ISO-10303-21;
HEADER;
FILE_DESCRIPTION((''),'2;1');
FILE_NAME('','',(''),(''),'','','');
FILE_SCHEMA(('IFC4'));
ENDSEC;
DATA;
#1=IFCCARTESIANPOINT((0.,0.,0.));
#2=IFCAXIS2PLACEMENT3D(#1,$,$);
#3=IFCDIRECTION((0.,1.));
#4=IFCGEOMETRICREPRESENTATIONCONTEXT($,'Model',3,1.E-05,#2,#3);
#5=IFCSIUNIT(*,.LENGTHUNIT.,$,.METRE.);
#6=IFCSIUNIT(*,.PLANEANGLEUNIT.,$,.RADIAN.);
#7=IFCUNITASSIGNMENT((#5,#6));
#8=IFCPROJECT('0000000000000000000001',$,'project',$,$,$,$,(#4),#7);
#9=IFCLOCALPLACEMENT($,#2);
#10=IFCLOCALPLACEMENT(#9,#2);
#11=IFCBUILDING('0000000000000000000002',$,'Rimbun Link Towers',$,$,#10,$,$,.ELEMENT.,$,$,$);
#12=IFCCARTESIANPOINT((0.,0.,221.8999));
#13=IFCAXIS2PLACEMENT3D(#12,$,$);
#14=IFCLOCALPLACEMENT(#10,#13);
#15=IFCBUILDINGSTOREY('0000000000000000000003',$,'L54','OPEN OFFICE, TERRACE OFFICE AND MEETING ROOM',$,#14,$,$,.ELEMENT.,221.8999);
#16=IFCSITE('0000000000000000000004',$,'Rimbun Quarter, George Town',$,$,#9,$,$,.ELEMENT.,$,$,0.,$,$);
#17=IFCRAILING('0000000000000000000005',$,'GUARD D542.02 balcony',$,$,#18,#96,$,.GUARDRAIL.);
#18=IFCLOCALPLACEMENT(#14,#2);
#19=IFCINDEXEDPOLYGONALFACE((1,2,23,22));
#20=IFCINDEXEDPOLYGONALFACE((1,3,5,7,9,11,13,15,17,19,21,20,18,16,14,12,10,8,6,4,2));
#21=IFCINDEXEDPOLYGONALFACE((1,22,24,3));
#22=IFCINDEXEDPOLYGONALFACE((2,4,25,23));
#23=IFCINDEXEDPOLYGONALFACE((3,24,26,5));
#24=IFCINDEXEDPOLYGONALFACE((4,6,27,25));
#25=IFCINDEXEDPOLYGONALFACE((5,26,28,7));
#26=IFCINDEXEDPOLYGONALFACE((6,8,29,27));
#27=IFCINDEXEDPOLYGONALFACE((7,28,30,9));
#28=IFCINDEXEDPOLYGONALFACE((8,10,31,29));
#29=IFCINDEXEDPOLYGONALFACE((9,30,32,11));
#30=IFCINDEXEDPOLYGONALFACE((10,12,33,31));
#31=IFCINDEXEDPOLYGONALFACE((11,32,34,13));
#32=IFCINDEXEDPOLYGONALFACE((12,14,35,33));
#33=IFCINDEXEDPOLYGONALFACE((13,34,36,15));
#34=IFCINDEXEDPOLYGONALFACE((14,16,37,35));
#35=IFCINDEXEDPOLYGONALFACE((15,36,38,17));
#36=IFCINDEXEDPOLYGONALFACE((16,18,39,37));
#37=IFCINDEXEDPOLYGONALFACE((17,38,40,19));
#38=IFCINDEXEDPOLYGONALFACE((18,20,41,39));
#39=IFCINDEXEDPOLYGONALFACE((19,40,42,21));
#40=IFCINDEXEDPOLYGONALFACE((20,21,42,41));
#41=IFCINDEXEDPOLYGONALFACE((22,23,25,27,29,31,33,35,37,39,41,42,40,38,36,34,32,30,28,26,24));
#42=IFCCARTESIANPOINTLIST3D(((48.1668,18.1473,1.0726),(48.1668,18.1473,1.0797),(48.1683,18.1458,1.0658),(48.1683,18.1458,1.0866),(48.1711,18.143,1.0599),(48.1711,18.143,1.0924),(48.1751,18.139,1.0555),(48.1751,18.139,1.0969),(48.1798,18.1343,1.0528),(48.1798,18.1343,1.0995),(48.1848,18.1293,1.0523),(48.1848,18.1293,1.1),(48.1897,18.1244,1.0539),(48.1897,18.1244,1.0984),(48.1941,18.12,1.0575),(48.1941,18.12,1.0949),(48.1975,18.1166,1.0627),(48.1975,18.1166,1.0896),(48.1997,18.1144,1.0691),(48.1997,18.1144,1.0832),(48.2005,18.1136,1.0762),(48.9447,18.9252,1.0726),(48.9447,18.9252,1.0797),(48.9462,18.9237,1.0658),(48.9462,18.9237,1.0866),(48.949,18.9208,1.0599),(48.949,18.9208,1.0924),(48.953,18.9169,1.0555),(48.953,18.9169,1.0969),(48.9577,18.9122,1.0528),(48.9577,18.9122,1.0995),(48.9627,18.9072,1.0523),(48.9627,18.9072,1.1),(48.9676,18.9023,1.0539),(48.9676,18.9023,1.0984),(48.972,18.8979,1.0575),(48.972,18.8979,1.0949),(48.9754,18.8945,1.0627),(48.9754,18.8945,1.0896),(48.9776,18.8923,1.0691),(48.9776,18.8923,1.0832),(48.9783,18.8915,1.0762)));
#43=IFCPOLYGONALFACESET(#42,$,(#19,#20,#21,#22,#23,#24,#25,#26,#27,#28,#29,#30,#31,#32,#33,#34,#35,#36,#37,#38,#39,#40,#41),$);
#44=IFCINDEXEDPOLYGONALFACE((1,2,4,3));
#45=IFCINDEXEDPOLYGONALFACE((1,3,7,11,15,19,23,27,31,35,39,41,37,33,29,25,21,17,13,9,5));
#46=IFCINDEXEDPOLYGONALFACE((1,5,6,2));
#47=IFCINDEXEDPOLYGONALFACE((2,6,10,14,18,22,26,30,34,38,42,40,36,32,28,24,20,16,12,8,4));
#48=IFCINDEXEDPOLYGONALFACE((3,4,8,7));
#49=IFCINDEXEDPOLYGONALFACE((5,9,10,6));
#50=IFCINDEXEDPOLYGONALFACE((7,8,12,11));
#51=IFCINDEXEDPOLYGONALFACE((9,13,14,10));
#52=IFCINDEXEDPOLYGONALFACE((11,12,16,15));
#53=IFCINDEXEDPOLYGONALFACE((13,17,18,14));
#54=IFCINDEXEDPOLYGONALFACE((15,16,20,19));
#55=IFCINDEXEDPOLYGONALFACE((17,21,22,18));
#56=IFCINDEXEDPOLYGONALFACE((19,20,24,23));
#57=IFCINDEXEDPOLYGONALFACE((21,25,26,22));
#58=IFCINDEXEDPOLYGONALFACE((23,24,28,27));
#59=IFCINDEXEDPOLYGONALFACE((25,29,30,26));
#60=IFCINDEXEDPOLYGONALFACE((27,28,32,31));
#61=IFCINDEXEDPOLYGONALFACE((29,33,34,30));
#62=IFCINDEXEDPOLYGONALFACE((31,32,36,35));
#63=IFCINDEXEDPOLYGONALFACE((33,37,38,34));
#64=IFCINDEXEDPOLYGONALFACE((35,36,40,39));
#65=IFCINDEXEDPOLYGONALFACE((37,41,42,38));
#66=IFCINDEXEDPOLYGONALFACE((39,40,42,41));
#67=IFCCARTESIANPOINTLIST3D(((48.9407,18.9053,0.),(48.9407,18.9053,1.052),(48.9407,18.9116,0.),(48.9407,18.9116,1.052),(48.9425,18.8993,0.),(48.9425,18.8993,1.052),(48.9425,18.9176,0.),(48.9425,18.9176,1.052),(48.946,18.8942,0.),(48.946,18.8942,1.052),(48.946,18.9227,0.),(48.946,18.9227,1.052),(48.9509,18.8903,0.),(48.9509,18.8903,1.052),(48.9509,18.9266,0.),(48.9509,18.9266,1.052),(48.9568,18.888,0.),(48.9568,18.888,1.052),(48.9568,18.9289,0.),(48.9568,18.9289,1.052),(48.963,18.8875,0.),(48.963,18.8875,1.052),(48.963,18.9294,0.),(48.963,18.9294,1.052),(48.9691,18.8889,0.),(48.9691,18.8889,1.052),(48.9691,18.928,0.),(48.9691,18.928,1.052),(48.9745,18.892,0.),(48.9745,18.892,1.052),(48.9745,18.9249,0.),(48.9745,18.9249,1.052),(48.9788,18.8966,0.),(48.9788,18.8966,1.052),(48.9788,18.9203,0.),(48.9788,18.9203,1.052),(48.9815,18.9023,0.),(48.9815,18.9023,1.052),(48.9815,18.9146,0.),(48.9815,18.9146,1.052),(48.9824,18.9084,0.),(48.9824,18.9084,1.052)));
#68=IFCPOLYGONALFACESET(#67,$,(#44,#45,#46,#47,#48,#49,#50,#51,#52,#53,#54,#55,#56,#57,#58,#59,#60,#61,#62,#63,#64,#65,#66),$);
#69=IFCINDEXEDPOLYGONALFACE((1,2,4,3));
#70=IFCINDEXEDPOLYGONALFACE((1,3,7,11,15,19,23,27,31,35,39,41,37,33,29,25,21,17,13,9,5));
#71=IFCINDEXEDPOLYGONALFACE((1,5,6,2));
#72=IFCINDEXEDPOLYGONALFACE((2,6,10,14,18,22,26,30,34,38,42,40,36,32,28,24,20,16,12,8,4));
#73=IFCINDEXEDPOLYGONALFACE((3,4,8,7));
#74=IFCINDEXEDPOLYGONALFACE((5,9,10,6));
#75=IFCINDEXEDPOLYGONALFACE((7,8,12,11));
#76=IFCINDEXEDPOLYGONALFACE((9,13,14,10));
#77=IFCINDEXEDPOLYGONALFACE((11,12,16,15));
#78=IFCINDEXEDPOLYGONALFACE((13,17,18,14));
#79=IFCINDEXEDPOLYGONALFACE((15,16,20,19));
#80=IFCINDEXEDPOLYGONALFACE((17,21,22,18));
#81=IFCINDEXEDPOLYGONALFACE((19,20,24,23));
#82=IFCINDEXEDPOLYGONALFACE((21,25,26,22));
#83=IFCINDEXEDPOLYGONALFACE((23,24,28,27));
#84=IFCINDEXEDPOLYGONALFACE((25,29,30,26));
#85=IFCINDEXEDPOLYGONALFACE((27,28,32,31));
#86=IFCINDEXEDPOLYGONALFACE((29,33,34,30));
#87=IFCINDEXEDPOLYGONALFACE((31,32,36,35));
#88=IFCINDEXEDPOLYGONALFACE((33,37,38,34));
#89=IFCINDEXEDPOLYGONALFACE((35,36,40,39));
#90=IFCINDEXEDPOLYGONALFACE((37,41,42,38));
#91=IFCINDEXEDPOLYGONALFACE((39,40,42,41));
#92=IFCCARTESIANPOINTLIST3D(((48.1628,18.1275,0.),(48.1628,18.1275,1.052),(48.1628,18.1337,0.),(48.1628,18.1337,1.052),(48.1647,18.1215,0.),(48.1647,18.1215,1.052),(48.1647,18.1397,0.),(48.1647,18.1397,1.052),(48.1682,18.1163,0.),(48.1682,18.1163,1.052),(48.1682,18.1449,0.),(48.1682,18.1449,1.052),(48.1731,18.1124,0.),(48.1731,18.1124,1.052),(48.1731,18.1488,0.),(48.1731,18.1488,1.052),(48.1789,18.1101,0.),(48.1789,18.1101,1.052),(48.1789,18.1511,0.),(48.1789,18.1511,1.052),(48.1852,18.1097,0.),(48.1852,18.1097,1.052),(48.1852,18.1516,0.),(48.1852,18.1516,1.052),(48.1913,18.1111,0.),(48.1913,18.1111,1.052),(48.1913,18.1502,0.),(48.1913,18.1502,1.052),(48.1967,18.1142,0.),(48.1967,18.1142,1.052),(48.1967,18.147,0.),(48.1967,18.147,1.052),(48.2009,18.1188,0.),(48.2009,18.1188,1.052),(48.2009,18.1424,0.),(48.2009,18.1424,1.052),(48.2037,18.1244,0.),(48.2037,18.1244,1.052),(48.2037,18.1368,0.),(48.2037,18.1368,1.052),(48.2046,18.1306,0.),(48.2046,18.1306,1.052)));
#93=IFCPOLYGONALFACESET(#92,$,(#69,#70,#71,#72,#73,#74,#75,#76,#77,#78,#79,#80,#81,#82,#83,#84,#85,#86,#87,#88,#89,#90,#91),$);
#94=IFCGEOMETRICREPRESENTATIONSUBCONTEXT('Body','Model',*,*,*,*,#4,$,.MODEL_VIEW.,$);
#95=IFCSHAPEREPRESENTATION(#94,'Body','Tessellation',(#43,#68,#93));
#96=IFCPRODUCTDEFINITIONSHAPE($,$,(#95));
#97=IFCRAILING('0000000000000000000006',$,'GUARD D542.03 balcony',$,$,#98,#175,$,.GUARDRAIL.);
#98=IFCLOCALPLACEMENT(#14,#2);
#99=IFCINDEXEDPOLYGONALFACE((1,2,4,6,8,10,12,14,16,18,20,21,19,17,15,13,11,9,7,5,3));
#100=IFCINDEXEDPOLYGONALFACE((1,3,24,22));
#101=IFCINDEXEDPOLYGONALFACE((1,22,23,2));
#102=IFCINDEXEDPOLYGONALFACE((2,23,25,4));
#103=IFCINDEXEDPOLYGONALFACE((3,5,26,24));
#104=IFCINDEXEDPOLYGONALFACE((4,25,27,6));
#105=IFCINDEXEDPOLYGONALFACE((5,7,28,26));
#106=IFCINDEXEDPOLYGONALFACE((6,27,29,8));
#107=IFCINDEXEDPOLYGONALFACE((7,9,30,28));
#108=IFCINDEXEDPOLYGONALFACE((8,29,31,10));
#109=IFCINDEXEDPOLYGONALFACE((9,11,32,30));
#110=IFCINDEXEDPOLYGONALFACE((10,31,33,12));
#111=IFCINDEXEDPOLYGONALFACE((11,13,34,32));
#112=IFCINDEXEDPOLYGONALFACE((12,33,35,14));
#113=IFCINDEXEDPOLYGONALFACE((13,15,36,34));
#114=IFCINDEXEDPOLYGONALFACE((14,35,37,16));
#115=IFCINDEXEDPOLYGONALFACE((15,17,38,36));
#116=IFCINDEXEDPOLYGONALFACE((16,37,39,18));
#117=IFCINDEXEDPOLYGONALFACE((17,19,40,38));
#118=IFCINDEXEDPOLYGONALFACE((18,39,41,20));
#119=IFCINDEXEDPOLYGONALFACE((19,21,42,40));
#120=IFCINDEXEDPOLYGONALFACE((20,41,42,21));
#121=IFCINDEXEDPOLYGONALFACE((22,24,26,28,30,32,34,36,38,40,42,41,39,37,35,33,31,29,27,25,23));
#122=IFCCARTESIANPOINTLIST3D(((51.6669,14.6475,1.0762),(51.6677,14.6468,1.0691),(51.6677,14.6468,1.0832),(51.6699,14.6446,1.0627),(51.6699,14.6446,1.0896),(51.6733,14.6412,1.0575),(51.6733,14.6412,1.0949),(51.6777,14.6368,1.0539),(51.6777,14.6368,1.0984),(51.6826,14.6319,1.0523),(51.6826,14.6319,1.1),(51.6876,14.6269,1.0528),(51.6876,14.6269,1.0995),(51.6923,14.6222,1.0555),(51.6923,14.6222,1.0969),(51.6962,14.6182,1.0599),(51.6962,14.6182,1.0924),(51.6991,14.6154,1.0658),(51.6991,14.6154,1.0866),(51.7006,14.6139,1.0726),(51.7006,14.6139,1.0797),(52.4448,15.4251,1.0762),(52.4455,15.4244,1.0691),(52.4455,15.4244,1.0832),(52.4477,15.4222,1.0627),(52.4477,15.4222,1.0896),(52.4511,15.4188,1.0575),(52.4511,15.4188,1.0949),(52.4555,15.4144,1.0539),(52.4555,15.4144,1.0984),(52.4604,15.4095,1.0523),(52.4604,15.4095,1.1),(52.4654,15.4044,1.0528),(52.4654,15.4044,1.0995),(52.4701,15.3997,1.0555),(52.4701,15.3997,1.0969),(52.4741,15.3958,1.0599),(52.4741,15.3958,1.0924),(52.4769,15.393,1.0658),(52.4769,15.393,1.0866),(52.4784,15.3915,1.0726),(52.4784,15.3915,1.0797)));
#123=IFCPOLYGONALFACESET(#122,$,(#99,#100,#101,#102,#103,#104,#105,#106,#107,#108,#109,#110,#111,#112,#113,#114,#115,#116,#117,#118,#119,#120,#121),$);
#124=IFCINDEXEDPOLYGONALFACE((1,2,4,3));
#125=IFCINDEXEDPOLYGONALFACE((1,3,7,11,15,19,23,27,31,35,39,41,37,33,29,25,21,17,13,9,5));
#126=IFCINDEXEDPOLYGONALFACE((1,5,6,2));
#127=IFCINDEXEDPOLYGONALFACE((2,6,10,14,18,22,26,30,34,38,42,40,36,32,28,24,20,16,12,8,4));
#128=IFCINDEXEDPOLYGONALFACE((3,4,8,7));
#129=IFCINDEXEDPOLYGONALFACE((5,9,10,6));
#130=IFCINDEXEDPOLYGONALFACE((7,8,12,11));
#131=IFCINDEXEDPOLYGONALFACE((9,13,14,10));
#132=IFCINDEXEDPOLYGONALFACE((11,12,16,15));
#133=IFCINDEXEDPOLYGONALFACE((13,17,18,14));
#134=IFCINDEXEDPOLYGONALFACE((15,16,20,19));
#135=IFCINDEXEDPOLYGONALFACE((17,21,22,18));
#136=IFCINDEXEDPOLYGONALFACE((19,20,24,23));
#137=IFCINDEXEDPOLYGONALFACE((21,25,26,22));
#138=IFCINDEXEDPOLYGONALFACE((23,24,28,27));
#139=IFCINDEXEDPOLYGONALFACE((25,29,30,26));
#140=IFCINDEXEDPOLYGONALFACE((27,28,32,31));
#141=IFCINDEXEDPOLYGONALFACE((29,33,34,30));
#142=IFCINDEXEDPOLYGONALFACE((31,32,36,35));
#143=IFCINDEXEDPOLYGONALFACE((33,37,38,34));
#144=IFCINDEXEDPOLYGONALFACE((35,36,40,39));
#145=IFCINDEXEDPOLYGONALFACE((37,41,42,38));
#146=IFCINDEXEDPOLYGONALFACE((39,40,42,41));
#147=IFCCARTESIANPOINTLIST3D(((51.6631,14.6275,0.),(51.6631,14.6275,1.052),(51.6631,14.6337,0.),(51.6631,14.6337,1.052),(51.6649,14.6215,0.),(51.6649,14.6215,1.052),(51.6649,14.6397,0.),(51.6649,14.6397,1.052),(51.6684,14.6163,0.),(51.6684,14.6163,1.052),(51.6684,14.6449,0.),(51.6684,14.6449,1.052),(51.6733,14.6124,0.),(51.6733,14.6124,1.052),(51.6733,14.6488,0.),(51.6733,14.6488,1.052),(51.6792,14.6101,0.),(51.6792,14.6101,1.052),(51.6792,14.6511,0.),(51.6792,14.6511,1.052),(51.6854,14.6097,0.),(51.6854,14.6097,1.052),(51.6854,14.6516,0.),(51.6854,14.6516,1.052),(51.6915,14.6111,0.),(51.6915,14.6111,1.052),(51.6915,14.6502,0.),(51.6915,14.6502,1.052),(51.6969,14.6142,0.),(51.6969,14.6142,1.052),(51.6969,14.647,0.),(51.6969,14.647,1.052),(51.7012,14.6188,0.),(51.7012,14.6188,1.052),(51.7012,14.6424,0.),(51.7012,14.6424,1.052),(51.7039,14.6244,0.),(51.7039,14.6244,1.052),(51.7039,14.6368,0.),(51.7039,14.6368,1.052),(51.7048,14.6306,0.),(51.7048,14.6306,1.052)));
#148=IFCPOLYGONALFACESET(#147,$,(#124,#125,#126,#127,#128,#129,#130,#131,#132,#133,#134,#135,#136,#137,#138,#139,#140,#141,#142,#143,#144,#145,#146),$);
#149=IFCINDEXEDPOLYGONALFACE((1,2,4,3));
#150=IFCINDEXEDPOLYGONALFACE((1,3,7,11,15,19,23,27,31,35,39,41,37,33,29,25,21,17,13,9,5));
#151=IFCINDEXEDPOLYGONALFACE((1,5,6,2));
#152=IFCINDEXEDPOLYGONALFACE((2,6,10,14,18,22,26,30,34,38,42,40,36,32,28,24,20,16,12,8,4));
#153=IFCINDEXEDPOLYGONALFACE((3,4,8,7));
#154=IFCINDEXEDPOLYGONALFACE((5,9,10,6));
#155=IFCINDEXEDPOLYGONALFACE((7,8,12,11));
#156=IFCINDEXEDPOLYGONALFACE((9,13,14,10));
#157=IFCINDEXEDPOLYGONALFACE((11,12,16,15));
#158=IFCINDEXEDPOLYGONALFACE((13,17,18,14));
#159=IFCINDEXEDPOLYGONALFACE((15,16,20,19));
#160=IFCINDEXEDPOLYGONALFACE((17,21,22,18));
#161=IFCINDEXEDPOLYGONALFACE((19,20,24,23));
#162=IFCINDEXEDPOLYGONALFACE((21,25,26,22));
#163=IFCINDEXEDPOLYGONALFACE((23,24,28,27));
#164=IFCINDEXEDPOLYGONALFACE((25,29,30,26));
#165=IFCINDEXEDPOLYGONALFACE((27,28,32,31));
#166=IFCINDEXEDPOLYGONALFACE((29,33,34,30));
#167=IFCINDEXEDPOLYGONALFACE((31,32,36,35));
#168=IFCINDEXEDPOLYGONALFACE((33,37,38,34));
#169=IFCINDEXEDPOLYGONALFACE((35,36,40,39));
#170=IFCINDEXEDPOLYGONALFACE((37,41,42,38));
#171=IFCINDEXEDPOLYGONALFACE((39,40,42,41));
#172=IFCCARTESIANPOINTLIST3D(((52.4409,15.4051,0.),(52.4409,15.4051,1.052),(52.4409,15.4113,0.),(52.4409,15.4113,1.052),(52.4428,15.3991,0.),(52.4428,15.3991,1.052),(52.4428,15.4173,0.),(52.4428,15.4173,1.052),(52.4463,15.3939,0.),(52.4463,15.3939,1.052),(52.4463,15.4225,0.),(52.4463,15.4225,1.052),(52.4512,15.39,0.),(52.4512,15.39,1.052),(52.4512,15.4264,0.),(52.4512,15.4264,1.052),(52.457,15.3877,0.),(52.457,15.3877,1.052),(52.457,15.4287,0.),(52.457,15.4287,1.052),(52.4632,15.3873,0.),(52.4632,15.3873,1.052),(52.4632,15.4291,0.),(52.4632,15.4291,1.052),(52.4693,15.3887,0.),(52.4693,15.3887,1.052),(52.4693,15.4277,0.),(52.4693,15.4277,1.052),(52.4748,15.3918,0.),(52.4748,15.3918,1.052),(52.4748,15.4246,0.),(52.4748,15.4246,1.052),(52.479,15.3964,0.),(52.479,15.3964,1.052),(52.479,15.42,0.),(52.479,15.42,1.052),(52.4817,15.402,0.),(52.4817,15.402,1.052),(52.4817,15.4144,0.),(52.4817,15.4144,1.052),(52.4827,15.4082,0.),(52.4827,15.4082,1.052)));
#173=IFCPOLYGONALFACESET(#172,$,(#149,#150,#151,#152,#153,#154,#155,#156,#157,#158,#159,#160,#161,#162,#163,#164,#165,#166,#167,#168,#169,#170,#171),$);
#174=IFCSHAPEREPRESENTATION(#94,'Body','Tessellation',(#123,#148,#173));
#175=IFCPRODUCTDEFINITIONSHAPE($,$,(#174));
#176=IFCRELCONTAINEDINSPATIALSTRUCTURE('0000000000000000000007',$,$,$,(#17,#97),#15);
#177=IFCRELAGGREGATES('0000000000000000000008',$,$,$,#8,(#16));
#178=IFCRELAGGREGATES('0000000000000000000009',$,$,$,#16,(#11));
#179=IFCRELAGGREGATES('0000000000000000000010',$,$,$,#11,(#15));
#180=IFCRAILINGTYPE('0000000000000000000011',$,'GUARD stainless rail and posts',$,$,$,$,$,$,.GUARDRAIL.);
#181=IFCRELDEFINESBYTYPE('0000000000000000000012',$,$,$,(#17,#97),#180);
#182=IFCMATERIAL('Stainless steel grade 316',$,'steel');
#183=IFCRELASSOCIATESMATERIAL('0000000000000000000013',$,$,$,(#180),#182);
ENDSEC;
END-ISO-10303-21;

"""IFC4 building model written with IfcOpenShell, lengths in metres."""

from ifc_helpers import new_model, si_unit, direction, frame, origin, origin_2d, place, context, subcontext, project, spatial, circle, extrude, material, type_object, element, save


model = new_model("IFC4")

# Units and contexts
model_context = context("Model", 3, precision=1e-05, world=origin(), true_north=direction((0.0, 1.0)))
body_context = subcontext(model_context, "Body", "Model", "MODEL_VIEW")
ifc_project = project(units=[si_unit("LENGTHUNIT", "METRE"), si_unit("PLANEANGLEUNIT", "RADIAN")], contexts=[model_context])

# Site, building, storey
site_placement = place(None, origin())
site = spatial("IfcSite", under=ifc_project, at=site_placement, Name="Rimbun Quarter, George Town", CompositionType="ELEMENT", RefElevation=0.0)
building_placement = place(site_placement, origin())
building = spatial("IfcBuilding", under=site, at=building_placement, Name="Rimbun Link Towers", CompositionType="ELEMENT")
storey_placement = place(building_placement, frame((0.0, 0.0, 221.8999)))
storey = spatial("IfcBuildingStorey", under=building, at=storey_placement, Name="L54", Description="OPEN OFFICE, TERRACE OFFICE AND MEETING ROOM", CompositionType="ELEMENT", Elevation=221.8999)

# Railings
ifc_material_1 = material(Name="Stainless steel grade 316", Category="steel")
railing_type = type_object("IfcRailingType", Name="GUARD stainless rail and posts", PredefinedType="GUARDRAIL", material=ifc_material_1)
railing_1_placement = place(storey_placement, frame((48.9614, 18.9084, 0.0)))
element("IfcRailing", 1, at=railing_1_placement, inside=storey, type_object=railing_type, Name="GUARD D542.02 balcony", PredefinedType="GUARDRAIL", context=body_context, shape_type="SweptSolid", body=[
    extrude(circle(Radius=0.0239, at=origin_2d()), frame((0.0, 0.0, 1.0762), z_axis=(-0.707107, -0.707107, 0.0), x_axis=(0.707107, -0.707107, 0.0)), (0.0, 0.0, 1.0), 1.1001),
    extrude(circle(Radius=0.021, at=origin_2d()), origin(), (0.0, 0.0, 1.0), 1.052),
    extrude(circle(Radius=0.021, at=origin_2d()), frame((-0.7778, -0.7778, 0.0)), (0.0, 0.0, 1.0), 1.052),
])
railing_2_placement = place(storey_placement, frame((51.6838, 14.6306, 0.0)))
element("IfcRailing", 2, at=railing_2_placement, inside=storey, type_object=railing_type, Name="GUARD D542.03 balcony", PredefinedType="GUARDRAIL", context=body_context, shape_type="SweptSolid", body=[
    extrude(circle(Radius=0.0239, at=origin_2d()), frame((0.0, 0.0, 1.0762), z_axis=(0.707218, 0.706996, 0.0), x_axis=(-0.706996, 0.707218, 0.0)), (0.0, 0.0, 1.0), 1.0999),
    extrude(circle(Radius=0.021, at=origin_2d()), origin(), (0.0, 0.0, 1.0), 1.052),
    extrude(circle(Radius=0.021, at=origin_2d()), frame((0.7778, 0.7776, 0.0)), (0.0, 0.0, 1.0), 1.052),
])

save(model, "model.ifc")
